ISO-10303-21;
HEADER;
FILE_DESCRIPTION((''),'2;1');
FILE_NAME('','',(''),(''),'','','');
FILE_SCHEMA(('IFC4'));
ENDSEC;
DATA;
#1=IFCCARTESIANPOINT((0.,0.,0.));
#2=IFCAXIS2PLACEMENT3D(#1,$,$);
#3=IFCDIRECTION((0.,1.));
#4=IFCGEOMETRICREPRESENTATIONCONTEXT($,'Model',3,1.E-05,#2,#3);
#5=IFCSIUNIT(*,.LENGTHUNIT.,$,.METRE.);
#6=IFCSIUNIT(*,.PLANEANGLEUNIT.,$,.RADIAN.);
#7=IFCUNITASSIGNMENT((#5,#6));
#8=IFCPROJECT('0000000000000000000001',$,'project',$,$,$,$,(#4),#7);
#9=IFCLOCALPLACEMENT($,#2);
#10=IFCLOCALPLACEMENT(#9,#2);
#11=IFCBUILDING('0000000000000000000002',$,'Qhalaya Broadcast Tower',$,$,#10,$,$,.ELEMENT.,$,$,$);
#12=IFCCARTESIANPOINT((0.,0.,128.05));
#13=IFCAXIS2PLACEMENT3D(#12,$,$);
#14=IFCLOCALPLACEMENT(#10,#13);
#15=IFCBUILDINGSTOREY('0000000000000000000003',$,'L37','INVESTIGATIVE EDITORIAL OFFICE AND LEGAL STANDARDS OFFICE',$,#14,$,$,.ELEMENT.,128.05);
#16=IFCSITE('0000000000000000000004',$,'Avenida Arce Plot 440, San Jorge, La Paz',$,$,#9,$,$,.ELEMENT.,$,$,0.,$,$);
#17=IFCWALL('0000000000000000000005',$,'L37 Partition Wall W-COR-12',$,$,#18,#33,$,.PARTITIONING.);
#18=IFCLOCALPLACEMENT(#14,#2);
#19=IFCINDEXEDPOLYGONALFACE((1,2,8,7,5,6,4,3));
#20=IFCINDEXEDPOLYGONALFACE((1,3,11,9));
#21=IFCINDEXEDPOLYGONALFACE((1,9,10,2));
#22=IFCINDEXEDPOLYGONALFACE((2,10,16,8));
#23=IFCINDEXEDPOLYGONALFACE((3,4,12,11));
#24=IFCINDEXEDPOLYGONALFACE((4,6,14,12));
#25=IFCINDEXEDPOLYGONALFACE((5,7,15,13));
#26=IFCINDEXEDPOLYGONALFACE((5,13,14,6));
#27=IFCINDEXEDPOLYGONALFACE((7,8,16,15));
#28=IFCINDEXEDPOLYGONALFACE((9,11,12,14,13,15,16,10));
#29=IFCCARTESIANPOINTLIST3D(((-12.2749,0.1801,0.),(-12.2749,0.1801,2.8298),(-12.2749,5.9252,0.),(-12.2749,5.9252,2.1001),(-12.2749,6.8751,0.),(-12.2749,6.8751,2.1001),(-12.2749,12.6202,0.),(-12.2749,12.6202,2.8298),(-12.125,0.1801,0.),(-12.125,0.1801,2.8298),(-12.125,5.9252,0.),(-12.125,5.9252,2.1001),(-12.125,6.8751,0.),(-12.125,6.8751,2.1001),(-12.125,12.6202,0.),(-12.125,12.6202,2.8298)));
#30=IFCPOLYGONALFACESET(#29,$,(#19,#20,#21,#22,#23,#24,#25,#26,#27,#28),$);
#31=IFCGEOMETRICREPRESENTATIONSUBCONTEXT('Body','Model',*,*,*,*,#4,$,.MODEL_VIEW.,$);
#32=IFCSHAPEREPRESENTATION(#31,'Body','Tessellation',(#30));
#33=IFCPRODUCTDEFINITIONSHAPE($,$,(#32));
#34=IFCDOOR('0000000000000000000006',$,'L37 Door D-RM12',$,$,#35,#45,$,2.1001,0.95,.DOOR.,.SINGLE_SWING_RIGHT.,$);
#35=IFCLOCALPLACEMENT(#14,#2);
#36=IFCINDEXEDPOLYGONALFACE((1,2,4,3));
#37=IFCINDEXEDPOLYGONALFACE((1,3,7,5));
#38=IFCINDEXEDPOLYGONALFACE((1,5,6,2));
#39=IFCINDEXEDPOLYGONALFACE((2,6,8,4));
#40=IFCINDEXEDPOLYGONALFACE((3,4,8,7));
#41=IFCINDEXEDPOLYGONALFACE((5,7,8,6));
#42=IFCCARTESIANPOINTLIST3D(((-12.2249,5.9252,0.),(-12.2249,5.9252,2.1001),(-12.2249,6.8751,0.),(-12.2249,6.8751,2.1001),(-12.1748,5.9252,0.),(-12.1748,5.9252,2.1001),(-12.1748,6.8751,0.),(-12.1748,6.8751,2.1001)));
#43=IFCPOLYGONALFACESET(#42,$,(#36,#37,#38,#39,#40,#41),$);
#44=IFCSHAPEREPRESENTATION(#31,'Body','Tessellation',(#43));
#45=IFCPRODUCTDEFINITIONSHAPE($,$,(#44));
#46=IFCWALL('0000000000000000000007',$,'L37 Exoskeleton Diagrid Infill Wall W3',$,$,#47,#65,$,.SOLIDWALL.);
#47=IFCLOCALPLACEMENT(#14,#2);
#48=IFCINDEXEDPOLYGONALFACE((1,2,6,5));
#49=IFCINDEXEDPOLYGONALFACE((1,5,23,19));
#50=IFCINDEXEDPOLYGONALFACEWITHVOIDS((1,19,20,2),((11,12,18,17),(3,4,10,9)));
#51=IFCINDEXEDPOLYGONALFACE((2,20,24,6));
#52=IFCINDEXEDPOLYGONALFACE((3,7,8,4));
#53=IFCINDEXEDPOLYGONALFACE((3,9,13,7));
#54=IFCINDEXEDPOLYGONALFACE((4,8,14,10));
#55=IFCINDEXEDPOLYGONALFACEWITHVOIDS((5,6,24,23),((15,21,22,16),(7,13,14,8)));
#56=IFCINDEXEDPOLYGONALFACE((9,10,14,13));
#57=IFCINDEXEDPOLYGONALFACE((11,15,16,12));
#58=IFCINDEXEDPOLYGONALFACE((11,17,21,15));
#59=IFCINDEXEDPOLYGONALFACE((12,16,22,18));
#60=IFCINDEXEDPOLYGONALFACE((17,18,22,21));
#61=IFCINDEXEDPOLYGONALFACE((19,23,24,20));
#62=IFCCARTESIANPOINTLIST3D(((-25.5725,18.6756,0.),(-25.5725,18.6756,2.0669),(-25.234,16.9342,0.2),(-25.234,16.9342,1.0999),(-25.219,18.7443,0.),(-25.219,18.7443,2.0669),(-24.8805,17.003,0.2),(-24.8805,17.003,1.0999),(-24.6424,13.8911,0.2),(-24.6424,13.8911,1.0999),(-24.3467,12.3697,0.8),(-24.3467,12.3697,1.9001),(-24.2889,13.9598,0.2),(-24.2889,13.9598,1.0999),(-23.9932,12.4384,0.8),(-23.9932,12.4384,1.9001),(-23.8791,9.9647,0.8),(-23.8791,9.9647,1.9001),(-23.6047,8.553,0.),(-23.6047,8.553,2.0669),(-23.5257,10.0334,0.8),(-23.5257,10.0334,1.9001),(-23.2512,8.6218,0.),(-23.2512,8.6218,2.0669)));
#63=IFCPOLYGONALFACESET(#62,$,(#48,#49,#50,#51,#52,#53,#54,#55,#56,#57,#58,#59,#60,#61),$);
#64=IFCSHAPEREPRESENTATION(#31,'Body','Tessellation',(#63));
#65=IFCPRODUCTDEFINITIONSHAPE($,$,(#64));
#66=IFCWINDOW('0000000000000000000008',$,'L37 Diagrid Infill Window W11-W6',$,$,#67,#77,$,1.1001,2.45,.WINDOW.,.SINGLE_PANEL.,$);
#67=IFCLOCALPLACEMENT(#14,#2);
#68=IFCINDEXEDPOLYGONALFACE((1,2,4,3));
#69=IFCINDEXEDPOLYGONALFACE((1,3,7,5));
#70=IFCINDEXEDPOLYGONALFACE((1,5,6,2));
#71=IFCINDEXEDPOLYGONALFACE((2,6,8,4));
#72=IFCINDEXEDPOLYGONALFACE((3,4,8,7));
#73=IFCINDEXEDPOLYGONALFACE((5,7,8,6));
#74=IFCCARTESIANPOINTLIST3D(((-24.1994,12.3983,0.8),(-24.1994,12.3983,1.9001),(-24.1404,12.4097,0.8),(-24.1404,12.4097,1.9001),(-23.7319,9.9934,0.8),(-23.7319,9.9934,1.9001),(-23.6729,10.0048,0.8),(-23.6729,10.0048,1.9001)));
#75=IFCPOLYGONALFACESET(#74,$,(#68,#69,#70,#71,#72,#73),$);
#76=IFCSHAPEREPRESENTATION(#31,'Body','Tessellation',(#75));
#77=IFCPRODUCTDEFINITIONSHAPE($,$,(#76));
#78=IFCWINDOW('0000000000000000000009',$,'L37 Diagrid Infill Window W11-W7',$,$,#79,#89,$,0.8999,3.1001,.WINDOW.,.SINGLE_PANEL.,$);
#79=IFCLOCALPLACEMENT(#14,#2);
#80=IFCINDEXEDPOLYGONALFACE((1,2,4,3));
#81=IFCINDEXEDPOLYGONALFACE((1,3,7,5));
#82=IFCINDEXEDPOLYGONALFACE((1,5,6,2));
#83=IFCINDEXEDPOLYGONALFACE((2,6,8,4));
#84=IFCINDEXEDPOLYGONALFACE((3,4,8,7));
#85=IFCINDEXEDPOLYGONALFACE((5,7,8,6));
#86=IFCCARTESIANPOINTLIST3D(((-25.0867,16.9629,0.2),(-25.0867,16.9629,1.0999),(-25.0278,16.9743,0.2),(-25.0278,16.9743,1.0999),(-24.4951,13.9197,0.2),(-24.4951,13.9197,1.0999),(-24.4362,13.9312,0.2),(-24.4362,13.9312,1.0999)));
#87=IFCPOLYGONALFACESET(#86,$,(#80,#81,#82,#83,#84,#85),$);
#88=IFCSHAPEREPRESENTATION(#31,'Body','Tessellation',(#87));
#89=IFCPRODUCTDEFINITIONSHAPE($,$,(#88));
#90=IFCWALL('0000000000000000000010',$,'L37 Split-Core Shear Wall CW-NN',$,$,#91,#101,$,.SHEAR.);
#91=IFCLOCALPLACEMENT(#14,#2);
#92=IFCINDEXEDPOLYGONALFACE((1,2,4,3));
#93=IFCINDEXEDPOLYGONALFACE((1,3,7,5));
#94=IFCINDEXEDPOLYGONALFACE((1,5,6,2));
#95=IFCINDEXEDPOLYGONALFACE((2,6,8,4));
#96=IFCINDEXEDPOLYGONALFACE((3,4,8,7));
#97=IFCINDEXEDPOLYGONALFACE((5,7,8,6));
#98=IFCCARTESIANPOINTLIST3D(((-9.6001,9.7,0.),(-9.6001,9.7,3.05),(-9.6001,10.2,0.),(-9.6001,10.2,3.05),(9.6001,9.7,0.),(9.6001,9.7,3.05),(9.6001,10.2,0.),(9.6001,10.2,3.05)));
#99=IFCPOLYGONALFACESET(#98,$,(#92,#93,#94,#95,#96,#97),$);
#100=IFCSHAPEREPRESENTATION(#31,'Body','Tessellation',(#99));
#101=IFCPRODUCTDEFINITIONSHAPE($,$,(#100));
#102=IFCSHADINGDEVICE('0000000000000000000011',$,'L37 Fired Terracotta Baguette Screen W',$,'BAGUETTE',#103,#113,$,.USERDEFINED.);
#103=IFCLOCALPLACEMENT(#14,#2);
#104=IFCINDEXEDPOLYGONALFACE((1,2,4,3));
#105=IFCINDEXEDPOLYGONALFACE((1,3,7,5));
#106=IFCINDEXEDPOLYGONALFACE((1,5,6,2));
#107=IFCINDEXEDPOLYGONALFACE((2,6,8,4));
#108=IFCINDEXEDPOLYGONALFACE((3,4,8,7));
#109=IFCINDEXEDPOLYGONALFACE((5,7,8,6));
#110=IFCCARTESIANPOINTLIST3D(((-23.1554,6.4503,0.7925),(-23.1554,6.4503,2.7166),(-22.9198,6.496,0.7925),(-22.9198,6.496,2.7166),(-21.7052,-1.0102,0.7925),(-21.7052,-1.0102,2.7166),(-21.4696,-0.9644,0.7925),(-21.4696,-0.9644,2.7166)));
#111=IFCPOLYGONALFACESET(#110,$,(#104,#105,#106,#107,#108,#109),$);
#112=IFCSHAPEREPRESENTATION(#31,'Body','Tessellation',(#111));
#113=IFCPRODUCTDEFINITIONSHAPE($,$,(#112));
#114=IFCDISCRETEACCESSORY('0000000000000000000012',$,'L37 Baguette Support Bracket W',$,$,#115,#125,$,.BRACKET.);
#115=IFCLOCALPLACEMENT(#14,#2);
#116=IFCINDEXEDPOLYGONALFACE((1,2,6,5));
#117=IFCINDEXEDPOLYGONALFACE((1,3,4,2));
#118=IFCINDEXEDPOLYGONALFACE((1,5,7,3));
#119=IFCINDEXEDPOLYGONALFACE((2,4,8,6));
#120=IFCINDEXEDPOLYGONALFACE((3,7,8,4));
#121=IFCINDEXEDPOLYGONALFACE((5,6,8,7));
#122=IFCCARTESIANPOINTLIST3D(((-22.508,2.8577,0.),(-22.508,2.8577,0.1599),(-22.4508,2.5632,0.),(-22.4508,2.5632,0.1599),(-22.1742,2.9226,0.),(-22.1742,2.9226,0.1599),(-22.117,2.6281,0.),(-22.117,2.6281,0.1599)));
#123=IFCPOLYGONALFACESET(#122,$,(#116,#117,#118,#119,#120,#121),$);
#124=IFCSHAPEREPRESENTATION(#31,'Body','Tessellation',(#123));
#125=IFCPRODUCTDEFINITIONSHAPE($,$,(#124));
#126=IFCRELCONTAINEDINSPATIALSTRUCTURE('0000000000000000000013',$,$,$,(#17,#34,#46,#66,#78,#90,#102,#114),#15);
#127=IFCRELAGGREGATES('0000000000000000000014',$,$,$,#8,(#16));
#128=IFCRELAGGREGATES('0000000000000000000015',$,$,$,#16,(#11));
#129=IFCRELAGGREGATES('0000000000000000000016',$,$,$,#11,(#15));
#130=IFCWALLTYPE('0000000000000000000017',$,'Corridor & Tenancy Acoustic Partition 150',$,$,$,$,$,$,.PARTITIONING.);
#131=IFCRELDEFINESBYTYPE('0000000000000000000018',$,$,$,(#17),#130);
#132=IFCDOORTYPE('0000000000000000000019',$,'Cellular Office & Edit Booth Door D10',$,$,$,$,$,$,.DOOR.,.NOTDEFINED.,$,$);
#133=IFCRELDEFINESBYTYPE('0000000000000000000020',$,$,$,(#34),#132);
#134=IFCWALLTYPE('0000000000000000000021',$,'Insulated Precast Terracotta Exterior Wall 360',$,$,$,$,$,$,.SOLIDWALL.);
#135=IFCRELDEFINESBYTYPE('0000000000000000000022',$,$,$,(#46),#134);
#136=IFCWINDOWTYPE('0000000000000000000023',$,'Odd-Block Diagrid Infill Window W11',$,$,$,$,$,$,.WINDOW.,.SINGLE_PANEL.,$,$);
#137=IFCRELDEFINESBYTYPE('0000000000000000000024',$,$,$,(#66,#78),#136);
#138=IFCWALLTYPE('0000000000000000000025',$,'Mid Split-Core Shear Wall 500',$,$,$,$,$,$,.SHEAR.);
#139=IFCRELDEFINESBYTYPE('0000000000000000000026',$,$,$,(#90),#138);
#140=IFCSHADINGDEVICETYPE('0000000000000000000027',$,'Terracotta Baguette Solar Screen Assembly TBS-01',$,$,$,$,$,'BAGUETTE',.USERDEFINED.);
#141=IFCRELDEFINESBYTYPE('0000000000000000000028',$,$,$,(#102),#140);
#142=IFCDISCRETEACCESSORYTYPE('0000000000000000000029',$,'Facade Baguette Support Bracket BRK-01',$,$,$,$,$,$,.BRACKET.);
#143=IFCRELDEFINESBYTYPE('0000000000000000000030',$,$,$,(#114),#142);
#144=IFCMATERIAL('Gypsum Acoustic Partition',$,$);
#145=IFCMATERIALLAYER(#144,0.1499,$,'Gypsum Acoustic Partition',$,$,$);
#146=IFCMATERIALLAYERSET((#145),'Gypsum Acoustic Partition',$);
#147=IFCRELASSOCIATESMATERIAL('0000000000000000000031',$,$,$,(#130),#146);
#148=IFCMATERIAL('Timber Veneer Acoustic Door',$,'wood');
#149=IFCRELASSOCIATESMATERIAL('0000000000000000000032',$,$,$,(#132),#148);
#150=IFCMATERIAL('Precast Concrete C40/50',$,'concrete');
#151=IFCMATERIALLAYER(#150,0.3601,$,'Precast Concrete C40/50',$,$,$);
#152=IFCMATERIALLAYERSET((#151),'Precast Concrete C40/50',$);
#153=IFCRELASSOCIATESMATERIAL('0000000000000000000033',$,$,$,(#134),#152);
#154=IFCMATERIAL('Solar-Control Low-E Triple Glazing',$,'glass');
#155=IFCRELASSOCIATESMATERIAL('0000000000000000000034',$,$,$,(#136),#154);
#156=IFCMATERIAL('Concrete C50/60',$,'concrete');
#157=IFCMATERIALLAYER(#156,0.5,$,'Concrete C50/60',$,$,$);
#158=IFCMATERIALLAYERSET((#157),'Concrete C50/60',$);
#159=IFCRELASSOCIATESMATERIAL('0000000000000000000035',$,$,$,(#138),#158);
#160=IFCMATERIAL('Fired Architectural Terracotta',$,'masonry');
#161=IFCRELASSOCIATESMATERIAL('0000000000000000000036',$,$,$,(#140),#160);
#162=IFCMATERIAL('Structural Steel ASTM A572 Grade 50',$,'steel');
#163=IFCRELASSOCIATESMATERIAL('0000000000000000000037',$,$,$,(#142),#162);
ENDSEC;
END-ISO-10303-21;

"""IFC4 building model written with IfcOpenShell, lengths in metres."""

from ifc_helpers import new_model, si_unit, direction, frame, frame_2d, origin, origin_2d, place, context, subcontext, project, spatial, rectangle, extrude, material, layer, layer_set, type_object, element, fill, save


model = new_model("IFC4")

# Units and contexts
model_context = context("Model", 3, precision=1e-05, world=origin(), true_north=direction((0.0, 1.0)))
body_context = subcontext(model_context, "Body", "Model", "MODEL_VIEW")
ifc_project = project(units=[si_unit("LENGTHUNIT", "METRE"), si_unit("PLANEANGLEUNIT", "RADIAN")], contexts=[model_context])

# Site, building, storey
site_placement = place(None, origin())
site = spatial("IfcSite", under=ifc_project, at=site_placement, Name="Avenida Arce Plot 440, San Jorge, La Paz", CompositionType="ELEMENT", RefElevation=0.0)
building_placement = place(site_placement, origin())
building = spatial("IfcBuilding", under=site, at=building_placement, Name="Qhalaya Broadcast Tower", CompositionType="ELEMENT")
storey_placement = place(building_placement, frame((0.0, 0.0, 128.05)))
storey = spatial("IfcBuildingStorey", under=building, at=storey_placement, Name="L37", Description="INVESTIGATIVE EDITORIAL OFFICE AND LEGAL STANDARDS OFFICE", CompositionType="ELEMENT", Elevation=128.05)

# Shared definitions
ifc_material_1 = material(Name="Structural Steel ASTM A572 Grade 50", Category="steel")

# Wall, opening, door
ifc_material_2 = material(Name="Gypsum Acoustic Partition")
ifc_layer_1 = layer(ifc_material_2, 0.1499, Name="Gypsum Acoustic Partition")
ifc_layer_set_1 = layer_set([ifc_layer_1], Name="Gypsum Acoustic Partition")
wall_type_1 = type_object("IfcWallType", Name="Corridor & Tenancy Acoustic Partition 150", PredefinedType="PARTITIONING", material=ifc_layer_set_1)
wall_1_placement = place(storey_placement, frame((-12.2, 0.1799, 0.0), z_axis=(0.0, 0.0, 1.0), x_axis=(0.0, 1.0, 0.0)))
wall_1 = element("IfcWall", 1, at=wall_1_placement, inside=storey, type_object=wall_type_1, Name="L37 Partition Wall W-COR-12", PredefinedType="PARTITIONING", context=body_context, shape_type="SweptSolid", body=[
    extrude(rectangle(XDim=12.4402, YDim=0.1499, at=frame_2d((6.2202, 0.0))), origin(), (0.0, 0.0, 1.0), 2.8298),
])
opening_1_placement = place(wall_1_placement, frame((5.7451, 0.0, 0.0)))
opening_1 = element("IfcOpeningElement", 2, at=opening_1_placement, cuts=wall_1, PredefinedType="OPENING", context=body_context, shape_type="SweptSolid", body=[
    extrude(rectangle(XDim=0.95, YDim=2.1001, at=frame_2d((0.4751, 1.05))), frame((0.0, 0.0869, 0.0), z_axis=(0.0, -1.0, 0.0), x_axis=(1.0, 0.0, 0.0)), (0.0, 0.0, 1.0), 0.1738),
])
ifc_material_3 = material(Name="Timber Veneer Acoustic Door", Category="wood")
door_type_1 = type_object("IfcDoorType", Name="Cellular Office & Edit Booth Door D10", OperationType="NOTDEFINED", PredefinedType="DOOR", material=ifc_material_3)
door_1_placement = place(opening_1_placement, origin())
door_1 = element("IfcDoor", 3, at=door_1_placement, inside=storey, type_object=door_type_1, Name="L37 Door D-RM12", OperationType="SINGLE_SWING_RIGHT", OverallHeight=2.1001, OverallWidth=0.95, PredefinedType="DOOR", context=body_context, shape_type="SweptSolid", body=[
    extrude(rectangle(XDim=0.95, YDim=2.1001, at=frame_2d((0.4751, 1.05))), frame((0.0, 0.0249, 0.0), z_axis=(0.0, -1.0, 0.0), x_axis=(1.0, 0.0, 0.0)), (0.0, 0.0, 1.0), 0.05),
])
fill(opening_1, door_1)

# Wall, openings, windows
ifc_material_4 = material(Name="Precast Concrete C40/50", Category="concrete")
ifc_layer_2 = layer(ifc_material_4, 0.3601, Name="Precast Concrete C40/50")
ifc_layer_set_2 = layer_set([ifc_layer_2], Name="Precast Concrete C40/50")
wall_type_2 = type_object("IfcWallType", Name="Insulated Precast Terracotta Exterior Wall 360", PredefinedType="SOLIDWALL", material=ifc_layer_set_2)
wall_2_placement = place(storey_placement, frame((-23.428, 8.5874, 0.0), z_axis=(0.0, 0.0, 1.0), x_axis=(-0.190823, 0.981625, 0.0)))
wall_2 = element("IfcWall", 4, at=wall_2_placement, inside=storey, type_object=wall_type_2, Name="L37 Exoskeleton Diagrid Infill Wall W3", PredefinedType="SOLIDWALL", context=body_context, shape_type="SweptSolid", body=[
    extrude(rectangle(XDim=10.312, YDim=0.3601, at=frame_2d((5.156, 0.0))), origin(), (0.0, 0.0, 1.0), 2.0669),
])
opening_2_placement = place(wall_2_placement, frame((1.438, 0.0, 0.8)))
opening_2 = element("IfcOpeningElement", 5, at=opening_2_placement, cuts=wall_2, PredefinedType="OPENING", context=body_context, shape_type="SweptSolid", body=[
    extrude(rectangle(XDim=2.45, YDim=1.1001, at=frame_2d((1.2251, 0.55))), frame((0.0, 0.1921, 0.0), z_axis=(0.0, -1.0, 0.0), x_axis=(1.0, 0.0, 0.0)), (0.0, 0.0, 1.0), 0.384),
])
opening_3_placement = place(wall_2_placement, frame((5.438, 0.0, 0.2)))
opening_3 = element("IfcOpeningElement", 6, at=opening_3_placement, cuts=wall_2, PredefinedType="OPENING", context=body_context, shape_type="SweptSolid", body=[
    extrude(rectangle(XDim=3.1001, YDim=0.8999, at=frame_2d((1.55, 0.45))), frame((0.0, 0.1921, 0.0), z_axis=(0.0, -1.0, 0.0), x_axis=(1.0, 0.0, 0.0)), (0.0, 0.0, 1.0), 0.384),
])
ifc_material_5 = material(Name="Solar-Control Low-E Triple Glazing", Category="glass")
window_type = type_object("IfcWindowType", Name="Odd-Block Diagrid Infill Window W11", PartitioningType="SINGLE_PANEL", PredefinedType="WINDOW", material=ifc_material_5)
window_1_placement = place(opening_2_placement, origin())
window_1 = element("IfcWindow", 7, at=window_1_placement, inside=storey, type_object=window_type, Name="L37 Diagrid Infill Window W11-W6", OverallHeight=1.1001, OverallWidth=2.45, PartitioningType="SINGLE_PANEL", PredefinedType="WINDOW", context=body_context, shape_type="SweptSolid", body=[
    extrude(rectangle(XDim=2.45, YDim=1.1001, at=frame_2d((1.2251, 0.55))), frame((0.0, 0.03, 0.0), z_axis=(0.0, -1.0, 0.0), x_axis=(1.0, 0.0, 0.0)), (0.0, 0.0, 1.0), 0.0601),
])
fill(opening_2, window_1)
window_2_placement = place(opening_3_placement, origin())
window_2 = element("IfcWindow", 8, at=window_2_placement, inside=storey, type_object=window_type, Name="L37 Diagrid Infill Window W11-W7", OverallHeight=0.8999, OverallWidth=3.1001, PartitioningType="SINGLE_PANEL", PredefinedType="WINDOW", context=body_context, shape_type="SweptSolid", body=[
    extrude(rectangle(XDim=3.1001, YDim=0.8999, at=frame_2d((1.55, 0.45))), frame((0.0, 0.03, 0.0), z_axis=(0.0, -1.0, 0.0), x_axis=(1.0, 0.0, 0.0)), (0.0, 0.0, 1.0), 0.0601),
])
fill(opening_3, window_2)

# Wall
ifc_material_6 = material(Name="Concrete C50/60", Category="concrete")
ifc_layer_3 = layer(ifc_material_6, 0.5, Name="Concrete C50/60")
ifc_layer_set_3 = layer_set([ifc_layer_3], Name="Concrete C50/60")
wall_type_3 = type_object("IfcWallType", Name="Mid Split-Core Shear Wall 500", PredefinedType="SHEAR", material=ifc_layer_set_3)
wall_3_placement = place(storey_placement, frame((-9.6001, 9.95, 0.0), z_axis=(0.0, 0.0, 1.0), x_axis=(1.0, 0.0, 0.0)))
element("IfcWall", 9, at=wall_3_placement, inside=storey, type_object=wall_type_3, Name="L37 Split-Core Shear Wall CW-NN", PredefinedType="SHEAR", context=body_context, shape_type="SweptSolid", body=[
    extrude(rectangle(XDim=19.2002, YDim=0.5, at=frame_2d((9.6001, 0.0))), origin(), (0.0, 0.0, 1.0), 3.05),
])

# Shading device
ifc_material_7 = material(Name="Fired Architectural Terracotta", Category="masonry")
shading_device_type = type_object("IfcShadingDeviceType", Name="Terracotta Baguette Solar Screen Assembly TBS-01", ElementType="BAGUETTE", PredefinedType="USERDEFINED", material=ifc_material_7)
shading_device_placement = place(storey_placement, frame((-22.3125, 2.7429, 0.7925), z_axis=(0.0, 0.0, 1.0), x_axis=(0.190809, -0.981627, 0.0)))
element("IfcShadingDevice", 10, at=shading_device_placement, inside=storey, type_object=shading_device_type, Name="L37 Fired Terracotta Baguette Screen W", ObjectType="BAGUETTE", PredefinedType="USERDEFINED", context=body_context, shape_type="SweptSolid", body=[
    extrude(rectangle(XDim=7.6001, YDim=0.24, at=origin_2d()), origin(), (0.0, 0.0, 1.0), 1.9241),
])

# Discrete accessory
discrete_accessory_type = type_object("IfcDiscreteAccessoryType", Name="Facade Baguette Support Bracket BRK-01", PredefinedType="BRACKET", material=ifc_material_1)
discrete_accessory_placement = place(storey_placement, frame((-22.3125, 2.7429, 0.0), z_axis=(0.0, 0.0, 1.0), x_axis=(0.190809, -0.981627, 0.0)))
element("IfcDiscreteAccessory", 11, at=discrete_accessory_placement, inside=storey, type_object=discrete_accessory_type, Name="L37 Baguette Support Bracket W", PredefinedType="BRACKET", context=body_context, shape_type="SweptSolid", body=[
    extrude(rectangle(XDim=0.3, YDim=0.3401, at=origin_2d()), origin(), (0.0, 0.0, 1.0), 0.1599),
])

save(model, "model.ifc")
